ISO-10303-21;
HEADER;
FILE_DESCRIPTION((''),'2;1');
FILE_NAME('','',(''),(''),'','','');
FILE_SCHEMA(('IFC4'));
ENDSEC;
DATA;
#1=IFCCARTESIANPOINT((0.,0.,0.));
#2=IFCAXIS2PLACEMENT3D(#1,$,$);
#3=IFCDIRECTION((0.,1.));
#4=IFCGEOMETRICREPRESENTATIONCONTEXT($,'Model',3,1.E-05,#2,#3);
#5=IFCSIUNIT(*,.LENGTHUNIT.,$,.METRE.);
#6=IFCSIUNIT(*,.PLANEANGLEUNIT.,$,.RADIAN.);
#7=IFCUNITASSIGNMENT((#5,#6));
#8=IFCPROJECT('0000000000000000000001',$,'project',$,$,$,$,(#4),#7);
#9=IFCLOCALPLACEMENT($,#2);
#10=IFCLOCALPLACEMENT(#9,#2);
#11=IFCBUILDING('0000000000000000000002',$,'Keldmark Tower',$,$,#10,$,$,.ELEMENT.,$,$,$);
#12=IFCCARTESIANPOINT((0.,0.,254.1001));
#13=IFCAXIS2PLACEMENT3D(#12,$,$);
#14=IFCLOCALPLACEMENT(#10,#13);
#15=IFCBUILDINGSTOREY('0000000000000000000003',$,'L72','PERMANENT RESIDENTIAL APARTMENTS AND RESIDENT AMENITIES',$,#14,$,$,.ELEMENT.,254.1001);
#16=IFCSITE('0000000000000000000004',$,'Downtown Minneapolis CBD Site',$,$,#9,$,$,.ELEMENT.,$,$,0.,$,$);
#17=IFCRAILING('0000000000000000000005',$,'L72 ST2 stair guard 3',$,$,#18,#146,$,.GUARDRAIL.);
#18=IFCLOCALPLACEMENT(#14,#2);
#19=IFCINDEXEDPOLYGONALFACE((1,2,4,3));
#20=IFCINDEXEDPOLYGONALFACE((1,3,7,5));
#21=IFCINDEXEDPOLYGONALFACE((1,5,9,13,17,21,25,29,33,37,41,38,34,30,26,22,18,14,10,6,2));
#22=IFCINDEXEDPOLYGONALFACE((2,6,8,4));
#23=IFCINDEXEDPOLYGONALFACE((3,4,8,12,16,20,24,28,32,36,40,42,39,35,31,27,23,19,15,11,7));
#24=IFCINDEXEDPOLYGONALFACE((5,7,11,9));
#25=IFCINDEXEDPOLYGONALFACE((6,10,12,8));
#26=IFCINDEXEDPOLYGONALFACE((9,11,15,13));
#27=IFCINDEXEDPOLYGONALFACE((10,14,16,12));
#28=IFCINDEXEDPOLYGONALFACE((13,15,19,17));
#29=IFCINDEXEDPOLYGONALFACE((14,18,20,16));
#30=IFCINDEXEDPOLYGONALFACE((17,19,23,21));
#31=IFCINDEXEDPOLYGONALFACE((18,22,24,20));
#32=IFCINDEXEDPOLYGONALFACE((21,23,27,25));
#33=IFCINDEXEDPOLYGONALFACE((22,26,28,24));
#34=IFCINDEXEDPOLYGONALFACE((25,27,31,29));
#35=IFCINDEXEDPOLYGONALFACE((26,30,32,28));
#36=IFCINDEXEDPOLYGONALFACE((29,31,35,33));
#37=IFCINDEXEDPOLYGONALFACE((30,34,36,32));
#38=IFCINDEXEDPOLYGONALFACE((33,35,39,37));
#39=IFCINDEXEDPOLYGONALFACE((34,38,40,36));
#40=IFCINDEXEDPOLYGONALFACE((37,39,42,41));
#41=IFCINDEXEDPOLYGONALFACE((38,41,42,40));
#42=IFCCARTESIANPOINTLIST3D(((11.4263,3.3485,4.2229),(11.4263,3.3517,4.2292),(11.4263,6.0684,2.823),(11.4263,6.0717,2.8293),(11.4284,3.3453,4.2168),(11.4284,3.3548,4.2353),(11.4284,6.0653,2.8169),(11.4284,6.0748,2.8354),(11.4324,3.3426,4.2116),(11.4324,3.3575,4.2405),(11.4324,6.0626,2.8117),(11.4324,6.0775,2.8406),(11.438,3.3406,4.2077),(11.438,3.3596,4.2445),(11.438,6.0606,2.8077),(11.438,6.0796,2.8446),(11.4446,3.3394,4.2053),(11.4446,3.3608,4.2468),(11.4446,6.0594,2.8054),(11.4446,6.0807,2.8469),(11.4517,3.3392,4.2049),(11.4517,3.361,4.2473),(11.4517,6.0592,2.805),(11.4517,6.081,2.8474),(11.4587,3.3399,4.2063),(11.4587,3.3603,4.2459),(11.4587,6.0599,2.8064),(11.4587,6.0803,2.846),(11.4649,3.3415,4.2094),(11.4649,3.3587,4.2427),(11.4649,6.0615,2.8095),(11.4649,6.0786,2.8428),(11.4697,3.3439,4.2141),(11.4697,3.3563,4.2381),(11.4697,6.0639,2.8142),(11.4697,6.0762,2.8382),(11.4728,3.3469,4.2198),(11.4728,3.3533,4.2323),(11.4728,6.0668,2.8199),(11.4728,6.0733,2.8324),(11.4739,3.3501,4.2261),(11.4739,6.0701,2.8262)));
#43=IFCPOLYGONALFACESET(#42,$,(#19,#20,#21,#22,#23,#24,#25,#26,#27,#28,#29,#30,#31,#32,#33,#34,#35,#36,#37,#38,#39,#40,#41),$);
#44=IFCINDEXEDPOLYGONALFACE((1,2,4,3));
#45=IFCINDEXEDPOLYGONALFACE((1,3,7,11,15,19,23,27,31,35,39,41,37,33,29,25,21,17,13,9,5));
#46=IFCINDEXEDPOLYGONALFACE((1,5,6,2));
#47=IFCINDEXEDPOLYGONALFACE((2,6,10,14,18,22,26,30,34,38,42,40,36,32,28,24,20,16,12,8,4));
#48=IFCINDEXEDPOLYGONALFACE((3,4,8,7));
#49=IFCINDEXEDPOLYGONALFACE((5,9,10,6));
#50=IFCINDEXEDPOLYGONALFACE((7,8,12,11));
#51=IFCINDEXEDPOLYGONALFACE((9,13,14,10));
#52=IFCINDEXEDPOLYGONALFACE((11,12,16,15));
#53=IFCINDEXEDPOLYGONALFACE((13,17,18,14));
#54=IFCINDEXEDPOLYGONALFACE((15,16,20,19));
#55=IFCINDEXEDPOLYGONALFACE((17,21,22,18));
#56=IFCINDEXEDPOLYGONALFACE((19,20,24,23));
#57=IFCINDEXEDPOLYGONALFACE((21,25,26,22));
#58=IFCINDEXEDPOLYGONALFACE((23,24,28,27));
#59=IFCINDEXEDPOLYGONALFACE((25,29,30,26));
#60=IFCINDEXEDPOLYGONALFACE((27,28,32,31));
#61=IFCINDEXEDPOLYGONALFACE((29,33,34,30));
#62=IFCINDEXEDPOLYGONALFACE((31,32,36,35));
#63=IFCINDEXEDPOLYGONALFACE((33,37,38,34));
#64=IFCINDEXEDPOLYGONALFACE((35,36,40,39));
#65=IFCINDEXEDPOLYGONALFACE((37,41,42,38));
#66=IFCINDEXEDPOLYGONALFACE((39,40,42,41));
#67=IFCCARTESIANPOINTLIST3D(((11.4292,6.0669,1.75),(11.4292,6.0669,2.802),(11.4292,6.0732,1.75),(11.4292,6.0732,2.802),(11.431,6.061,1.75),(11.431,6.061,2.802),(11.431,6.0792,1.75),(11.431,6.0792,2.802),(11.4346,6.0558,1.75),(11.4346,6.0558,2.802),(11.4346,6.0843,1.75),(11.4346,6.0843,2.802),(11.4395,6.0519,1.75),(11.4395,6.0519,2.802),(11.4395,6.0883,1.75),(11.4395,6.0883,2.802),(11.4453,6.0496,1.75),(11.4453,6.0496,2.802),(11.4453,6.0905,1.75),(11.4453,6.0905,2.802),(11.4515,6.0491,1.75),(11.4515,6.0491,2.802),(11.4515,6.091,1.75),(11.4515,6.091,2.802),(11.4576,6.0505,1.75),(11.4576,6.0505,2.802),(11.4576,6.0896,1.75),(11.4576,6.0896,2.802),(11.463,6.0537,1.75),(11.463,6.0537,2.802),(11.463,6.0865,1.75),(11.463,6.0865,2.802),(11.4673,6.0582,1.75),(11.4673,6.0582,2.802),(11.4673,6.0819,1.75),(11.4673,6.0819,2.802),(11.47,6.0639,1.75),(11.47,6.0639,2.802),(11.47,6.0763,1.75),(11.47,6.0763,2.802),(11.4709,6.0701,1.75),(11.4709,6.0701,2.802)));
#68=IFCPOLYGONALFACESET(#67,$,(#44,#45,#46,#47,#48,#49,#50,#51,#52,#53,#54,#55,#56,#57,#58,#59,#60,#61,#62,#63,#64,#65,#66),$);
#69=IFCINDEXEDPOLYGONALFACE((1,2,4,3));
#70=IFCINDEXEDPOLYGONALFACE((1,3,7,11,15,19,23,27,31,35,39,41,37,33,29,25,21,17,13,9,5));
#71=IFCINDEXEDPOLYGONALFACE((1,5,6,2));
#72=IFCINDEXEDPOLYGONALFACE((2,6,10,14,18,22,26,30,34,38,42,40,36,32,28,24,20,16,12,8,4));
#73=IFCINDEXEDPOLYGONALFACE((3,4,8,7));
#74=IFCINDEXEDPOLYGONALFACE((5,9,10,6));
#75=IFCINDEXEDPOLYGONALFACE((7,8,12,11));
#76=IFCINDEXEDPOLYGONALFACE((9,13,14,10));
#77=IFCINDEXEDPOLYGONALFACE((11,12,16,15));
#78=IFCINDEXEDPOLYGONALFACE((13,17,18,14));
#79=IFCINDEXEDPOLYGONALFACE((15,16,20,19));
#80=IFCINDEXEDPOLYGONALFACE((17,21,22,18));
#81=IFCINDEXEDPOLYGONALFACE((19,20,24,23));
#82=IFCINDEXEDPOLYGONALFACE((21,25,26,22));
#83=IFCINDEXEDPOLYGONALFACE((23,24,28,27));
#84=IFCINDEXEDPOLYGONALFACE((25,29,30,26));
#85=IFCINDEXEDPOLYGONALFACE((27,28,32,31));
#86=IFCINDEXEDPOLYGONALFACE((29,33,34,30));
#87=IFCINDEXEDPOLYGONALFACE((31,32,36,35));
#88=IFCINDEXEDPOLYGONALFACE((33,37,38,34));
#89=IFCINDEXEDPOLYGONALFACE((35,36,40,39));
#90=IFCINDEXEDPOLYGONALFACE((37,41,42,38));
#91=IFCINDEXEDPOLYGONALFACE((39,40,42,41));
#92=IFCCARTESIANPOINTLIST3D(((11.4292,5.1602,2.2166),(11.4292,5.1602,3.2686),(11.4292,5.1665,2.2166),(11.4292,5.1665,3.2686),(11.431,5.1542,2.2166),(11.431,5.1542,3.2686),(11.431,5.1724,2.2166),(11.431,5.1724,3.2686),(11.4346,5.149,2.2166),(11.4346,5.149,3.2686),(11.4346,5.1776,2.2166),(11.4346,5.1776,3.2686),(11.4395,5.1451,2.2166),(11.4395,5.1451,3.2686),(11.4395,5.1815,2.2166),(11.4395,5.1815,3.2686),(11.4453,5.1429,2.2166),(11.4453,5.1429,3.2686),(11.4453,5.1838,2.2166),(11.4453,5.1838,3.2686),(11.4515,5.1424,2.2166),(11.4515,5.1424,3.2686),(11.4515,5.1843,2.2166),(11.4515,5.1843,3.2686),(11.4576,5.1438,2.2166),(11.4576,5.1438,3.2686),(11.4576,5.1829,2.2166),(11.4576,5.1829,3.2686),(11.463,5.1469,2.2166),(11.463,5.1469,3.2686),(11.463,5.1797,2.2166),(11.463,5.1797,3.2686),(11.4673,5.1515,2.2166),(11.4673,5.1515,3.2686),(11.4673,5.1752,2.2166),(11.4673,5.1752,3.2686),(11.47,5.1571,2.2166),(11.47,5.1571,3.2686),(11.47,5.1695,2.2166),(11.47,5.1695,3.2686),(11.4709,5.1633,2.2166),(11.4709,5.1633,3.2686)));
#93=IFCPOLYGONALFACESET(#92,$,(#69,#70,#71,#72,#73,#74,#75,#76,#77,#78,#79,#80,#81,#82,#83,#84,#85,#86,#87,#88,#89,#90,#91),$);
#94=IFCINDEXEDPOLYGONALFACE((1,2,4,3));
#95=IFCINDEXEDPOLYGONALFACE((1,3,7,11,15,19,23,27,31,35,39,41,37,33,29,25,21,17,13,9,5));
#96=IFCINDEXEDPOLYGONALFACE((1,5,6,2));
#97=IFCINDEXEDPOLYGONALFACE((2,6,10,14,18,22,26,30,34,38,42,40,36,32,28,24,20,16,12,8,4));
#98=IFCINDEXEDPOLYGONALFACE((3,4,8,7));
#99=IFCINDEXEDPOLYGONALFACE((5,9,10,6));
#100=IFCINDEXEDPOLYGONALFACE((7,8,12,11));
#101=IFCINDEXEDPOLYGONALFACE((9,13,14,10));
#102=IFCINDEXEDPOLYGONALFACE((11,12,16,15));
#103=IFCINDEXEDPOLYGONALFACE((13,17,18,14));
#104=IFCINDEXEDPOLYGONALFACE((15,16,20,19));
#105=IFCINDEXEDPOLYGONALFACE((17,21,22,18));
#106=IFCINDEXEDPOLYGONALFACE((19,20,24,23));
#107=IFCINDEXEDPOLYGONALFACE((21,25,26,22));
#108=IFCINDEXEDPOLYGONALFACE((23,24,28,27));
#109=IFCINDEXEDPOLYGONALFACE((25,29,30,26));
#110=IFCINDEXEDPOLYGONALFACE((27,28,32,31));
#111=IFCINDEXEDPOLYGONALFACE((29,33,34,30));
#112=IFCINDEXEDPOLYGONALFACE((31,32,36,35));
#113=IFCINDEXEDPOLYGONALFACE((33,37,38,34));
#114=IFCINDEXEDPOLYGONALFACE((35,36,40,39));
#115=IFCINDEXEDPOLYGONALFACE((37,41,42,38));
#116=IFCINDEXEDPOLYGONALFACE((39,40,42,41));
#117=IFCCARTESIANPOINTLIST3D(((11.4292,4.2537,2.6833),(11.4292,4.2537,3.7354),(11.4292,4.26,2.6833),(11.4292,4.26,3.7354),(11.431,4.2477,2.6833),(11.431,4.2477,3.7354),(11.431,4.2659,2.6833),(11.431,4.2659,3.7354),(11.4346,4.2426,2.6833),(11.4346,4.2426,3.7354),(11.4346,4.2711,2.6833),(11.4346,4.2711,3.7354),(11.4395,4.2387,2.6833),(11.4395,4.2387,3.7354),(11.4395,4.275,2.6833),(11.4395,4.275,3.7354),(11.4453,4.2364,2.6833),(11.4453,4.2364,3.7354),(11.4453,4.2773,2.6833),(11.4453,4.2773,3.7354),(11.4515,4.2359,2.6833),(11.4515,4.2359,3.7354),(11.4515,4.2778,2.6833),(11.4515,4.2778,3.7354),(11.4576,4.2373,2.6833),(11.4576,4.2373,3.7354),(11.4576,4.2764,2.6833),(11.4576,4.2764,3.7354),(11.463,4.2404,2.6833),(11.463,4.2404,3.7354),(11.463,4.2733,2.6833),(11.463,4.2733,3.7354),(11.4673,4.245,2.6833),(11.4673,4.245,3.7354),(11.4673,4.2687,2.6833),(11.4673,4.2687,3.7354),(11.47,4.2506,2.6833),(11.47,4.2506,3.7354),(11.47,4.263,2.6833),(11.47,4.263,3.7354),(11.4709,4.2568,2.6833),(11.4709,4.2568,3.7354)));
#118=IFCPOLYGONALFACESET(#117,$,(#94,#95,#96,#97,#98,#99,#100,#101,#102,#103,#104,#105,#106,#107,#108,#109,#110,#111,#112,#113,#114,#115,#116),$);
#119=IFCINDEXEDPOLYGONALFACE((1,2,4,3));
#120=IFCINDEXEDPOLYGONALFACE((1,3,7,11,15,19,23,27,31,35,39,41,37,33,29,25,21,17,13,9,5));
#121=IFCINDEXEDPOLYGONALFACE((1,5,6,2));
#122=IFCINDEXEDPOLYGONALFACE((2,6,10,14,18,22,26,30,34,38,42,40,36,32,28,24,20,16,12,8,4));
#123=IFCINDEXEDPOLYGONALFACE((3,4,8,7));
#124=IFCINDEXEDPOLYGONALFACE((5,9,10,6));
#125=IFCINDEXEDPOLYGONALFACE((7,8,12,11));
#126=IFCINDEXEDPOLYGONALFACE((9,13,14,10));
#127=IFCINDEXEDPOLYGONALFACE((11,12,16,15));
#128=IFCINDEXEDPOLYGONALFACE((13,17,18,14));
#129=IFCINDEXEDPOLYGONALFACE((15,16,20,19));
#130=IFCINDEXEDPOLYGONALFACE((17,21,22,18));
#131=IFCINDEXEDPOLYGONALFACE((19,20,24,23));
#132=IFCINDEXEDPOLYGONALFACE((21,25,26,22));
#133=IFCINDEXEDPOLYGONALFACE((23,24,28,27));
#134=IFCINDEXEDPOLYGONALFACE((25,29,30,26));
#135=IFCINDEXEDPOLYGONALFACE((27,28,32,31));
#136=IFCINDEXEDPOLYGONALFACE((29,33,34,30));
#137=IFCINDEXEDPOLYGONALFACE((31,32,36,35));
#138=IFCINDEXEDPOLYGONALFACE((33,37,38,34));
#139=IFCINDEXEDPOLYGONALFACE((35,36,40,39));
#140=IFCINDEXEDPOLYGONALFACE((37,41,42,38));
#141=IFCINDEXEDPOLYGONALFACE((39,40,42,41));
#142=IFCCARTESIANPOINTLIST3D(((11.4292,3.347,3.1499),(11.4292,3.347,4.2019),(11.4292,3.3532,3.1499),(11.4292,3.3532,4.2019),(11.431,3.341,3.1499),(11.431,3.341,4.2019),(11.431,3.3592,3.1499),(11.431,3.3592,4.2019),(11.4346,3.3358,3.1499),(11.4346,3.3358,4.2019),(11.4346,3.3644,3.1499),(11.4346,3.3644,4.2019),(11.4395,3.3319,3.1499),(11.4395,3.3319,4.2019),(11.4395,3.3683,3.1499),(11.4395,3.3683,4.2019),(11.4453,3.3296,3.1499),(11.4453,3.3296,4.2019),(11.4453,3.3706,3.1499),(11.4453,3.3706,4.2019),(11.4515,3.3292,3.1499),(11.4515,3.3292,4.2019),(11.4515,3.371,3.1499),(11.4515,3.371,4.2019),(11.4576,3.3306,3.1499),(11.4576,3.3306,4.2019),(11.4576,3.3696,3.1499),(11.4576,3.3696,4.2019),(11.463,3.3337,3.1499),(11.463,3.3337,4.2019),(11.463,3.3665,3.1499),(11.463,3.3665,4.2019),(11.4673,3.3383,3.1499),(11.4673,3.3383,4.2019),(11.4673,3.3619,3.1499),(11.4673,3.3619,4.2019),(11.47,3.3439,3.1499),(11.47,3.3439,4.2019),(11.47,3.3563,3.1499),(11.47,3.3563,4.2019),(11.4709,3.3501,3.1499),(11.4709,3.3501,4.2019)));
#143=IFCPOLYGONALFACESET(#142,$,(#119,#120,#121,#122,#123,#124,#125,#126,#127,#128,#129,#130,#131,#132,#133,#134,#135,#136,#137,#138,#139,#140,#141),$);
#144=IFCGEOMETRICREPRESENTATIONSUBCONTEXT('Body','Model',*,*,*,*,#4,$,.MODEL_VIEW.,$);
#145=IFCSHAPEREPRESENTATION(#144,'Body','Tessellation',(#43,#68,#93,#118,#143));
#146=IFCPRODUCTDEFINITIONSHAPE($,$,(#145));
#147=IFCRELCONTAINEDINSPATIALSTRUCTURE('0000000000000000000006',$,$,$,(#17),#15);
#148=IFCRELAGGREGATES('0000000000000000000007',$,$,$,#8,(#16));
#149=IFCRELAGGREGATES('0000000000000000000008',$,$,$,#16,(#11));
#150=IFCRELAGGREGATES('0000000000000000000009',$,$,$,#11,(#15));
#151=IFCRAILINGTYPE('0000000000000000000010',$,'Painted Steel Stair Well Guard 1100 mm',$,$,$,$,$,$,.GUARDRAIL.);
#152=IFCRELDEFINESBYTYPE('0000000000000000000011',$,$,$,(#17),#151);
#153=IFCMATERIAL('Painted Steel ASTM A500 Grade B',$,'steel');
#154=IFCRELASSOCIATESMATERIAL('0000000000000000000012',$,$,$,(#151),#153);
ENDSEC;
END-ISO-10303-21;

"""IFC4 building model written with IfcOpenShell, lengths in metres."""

from ifc_helpers import new_model, si_unit, direction, frame, origin, origin_2d, place, context, subcontext, project, spatial, circle, extrude, material, type_object, element, save


model = new_model("IFC4")

# Units and contexts
model_context = context("Model", 3, precision=1e-05, world=origin(), true_north=direction((0.0, 1.0)))
body_context = subcontext(model_context, "Body", "Model", "MODEL_VIEW")
ifc_project = project(units=[si_unit("LENGTHUNIT", "METRE"), si_unit("PLANEANGLEUNIT", "RADIAN")], contexts=[model_context])

# Site, building, storey
site_placement = place(None, origin())
site = spatial("IfcSite", under=ifc_project, at=site_placement, Name="Downtown Minneapolis CBD Site", CompositionType="ELEMENT", RefElevation=0.0)
building_placement = place(site_placement, origin())
building = spatial("IfcBuilding", under=site, at=building_placement, Name="Keldmark Tower", CompositionType="ELEMENT")
storey_placement = place(building_placement, frame((0.0, 0.0, 254.1001)))
storey = spatial("IfcBuildingStorey", under=building, at=storey_placement, Name="L72", Description="PERMANENT RESIDENTIAL APARTMENTS AND RESIDENT AMENITIES", CompositionType="ELEMENT", Elevation=254.1001)

# Railing
ifc_material_1 = material(Name="Painted Steel ASTM A500 Grade B", Category="steel")
railing_type_1 = type_object("IfcRailingType", Name="Painted Steel Stair Well Guard 1100 mm", PredefinedType="GUARDRAIL", material=ifc_material_1)
railing_1_placement = place(storey_placement, frame((11.45, 6.0701, 1.75)))
element("IfcRailing", 1, at=railing_1_placement, inside=storey, type_object=railing_type_1, Name="L72 ST2 stair guard 3", PredefinedType="GUARDRAIL", context=body_context, shape_type="SweptSolid", body=[
    extrude(circle(Radius=0.0239, at=origin_2d()), frame((0.0, 0.0, 1.0762), z_axis=(0.0, -0.889147, 0.457622), x_axis=(1.0, 0.0, 0.0)), (0.0, 0.0, 1.0), 3.0591),
    extrude(circle(Radius=0.021, at=origin_2d()), origin(), (0.0, 0.0, 1.0), 1.052),
    extrude(circle(Radius=0.021, at=origin_2d()), frame((0.0, -0.9067, 0.4666)), (0.0, 0.0, 1.0), 1.052),
    extrude(circle(Radius=0.021, at=origin_2d()), frame((0.0, -1.8132, 0.9333)), (0.0, 0.0, 1.0), 1.052),
    extrude(circle(Radius=0.021, at=origin_2d()), frame((0.0, -2.72, 1.3999)), (0.0, 0.0, 1.0), 1.052),
])

save(model, "model.ifc")
